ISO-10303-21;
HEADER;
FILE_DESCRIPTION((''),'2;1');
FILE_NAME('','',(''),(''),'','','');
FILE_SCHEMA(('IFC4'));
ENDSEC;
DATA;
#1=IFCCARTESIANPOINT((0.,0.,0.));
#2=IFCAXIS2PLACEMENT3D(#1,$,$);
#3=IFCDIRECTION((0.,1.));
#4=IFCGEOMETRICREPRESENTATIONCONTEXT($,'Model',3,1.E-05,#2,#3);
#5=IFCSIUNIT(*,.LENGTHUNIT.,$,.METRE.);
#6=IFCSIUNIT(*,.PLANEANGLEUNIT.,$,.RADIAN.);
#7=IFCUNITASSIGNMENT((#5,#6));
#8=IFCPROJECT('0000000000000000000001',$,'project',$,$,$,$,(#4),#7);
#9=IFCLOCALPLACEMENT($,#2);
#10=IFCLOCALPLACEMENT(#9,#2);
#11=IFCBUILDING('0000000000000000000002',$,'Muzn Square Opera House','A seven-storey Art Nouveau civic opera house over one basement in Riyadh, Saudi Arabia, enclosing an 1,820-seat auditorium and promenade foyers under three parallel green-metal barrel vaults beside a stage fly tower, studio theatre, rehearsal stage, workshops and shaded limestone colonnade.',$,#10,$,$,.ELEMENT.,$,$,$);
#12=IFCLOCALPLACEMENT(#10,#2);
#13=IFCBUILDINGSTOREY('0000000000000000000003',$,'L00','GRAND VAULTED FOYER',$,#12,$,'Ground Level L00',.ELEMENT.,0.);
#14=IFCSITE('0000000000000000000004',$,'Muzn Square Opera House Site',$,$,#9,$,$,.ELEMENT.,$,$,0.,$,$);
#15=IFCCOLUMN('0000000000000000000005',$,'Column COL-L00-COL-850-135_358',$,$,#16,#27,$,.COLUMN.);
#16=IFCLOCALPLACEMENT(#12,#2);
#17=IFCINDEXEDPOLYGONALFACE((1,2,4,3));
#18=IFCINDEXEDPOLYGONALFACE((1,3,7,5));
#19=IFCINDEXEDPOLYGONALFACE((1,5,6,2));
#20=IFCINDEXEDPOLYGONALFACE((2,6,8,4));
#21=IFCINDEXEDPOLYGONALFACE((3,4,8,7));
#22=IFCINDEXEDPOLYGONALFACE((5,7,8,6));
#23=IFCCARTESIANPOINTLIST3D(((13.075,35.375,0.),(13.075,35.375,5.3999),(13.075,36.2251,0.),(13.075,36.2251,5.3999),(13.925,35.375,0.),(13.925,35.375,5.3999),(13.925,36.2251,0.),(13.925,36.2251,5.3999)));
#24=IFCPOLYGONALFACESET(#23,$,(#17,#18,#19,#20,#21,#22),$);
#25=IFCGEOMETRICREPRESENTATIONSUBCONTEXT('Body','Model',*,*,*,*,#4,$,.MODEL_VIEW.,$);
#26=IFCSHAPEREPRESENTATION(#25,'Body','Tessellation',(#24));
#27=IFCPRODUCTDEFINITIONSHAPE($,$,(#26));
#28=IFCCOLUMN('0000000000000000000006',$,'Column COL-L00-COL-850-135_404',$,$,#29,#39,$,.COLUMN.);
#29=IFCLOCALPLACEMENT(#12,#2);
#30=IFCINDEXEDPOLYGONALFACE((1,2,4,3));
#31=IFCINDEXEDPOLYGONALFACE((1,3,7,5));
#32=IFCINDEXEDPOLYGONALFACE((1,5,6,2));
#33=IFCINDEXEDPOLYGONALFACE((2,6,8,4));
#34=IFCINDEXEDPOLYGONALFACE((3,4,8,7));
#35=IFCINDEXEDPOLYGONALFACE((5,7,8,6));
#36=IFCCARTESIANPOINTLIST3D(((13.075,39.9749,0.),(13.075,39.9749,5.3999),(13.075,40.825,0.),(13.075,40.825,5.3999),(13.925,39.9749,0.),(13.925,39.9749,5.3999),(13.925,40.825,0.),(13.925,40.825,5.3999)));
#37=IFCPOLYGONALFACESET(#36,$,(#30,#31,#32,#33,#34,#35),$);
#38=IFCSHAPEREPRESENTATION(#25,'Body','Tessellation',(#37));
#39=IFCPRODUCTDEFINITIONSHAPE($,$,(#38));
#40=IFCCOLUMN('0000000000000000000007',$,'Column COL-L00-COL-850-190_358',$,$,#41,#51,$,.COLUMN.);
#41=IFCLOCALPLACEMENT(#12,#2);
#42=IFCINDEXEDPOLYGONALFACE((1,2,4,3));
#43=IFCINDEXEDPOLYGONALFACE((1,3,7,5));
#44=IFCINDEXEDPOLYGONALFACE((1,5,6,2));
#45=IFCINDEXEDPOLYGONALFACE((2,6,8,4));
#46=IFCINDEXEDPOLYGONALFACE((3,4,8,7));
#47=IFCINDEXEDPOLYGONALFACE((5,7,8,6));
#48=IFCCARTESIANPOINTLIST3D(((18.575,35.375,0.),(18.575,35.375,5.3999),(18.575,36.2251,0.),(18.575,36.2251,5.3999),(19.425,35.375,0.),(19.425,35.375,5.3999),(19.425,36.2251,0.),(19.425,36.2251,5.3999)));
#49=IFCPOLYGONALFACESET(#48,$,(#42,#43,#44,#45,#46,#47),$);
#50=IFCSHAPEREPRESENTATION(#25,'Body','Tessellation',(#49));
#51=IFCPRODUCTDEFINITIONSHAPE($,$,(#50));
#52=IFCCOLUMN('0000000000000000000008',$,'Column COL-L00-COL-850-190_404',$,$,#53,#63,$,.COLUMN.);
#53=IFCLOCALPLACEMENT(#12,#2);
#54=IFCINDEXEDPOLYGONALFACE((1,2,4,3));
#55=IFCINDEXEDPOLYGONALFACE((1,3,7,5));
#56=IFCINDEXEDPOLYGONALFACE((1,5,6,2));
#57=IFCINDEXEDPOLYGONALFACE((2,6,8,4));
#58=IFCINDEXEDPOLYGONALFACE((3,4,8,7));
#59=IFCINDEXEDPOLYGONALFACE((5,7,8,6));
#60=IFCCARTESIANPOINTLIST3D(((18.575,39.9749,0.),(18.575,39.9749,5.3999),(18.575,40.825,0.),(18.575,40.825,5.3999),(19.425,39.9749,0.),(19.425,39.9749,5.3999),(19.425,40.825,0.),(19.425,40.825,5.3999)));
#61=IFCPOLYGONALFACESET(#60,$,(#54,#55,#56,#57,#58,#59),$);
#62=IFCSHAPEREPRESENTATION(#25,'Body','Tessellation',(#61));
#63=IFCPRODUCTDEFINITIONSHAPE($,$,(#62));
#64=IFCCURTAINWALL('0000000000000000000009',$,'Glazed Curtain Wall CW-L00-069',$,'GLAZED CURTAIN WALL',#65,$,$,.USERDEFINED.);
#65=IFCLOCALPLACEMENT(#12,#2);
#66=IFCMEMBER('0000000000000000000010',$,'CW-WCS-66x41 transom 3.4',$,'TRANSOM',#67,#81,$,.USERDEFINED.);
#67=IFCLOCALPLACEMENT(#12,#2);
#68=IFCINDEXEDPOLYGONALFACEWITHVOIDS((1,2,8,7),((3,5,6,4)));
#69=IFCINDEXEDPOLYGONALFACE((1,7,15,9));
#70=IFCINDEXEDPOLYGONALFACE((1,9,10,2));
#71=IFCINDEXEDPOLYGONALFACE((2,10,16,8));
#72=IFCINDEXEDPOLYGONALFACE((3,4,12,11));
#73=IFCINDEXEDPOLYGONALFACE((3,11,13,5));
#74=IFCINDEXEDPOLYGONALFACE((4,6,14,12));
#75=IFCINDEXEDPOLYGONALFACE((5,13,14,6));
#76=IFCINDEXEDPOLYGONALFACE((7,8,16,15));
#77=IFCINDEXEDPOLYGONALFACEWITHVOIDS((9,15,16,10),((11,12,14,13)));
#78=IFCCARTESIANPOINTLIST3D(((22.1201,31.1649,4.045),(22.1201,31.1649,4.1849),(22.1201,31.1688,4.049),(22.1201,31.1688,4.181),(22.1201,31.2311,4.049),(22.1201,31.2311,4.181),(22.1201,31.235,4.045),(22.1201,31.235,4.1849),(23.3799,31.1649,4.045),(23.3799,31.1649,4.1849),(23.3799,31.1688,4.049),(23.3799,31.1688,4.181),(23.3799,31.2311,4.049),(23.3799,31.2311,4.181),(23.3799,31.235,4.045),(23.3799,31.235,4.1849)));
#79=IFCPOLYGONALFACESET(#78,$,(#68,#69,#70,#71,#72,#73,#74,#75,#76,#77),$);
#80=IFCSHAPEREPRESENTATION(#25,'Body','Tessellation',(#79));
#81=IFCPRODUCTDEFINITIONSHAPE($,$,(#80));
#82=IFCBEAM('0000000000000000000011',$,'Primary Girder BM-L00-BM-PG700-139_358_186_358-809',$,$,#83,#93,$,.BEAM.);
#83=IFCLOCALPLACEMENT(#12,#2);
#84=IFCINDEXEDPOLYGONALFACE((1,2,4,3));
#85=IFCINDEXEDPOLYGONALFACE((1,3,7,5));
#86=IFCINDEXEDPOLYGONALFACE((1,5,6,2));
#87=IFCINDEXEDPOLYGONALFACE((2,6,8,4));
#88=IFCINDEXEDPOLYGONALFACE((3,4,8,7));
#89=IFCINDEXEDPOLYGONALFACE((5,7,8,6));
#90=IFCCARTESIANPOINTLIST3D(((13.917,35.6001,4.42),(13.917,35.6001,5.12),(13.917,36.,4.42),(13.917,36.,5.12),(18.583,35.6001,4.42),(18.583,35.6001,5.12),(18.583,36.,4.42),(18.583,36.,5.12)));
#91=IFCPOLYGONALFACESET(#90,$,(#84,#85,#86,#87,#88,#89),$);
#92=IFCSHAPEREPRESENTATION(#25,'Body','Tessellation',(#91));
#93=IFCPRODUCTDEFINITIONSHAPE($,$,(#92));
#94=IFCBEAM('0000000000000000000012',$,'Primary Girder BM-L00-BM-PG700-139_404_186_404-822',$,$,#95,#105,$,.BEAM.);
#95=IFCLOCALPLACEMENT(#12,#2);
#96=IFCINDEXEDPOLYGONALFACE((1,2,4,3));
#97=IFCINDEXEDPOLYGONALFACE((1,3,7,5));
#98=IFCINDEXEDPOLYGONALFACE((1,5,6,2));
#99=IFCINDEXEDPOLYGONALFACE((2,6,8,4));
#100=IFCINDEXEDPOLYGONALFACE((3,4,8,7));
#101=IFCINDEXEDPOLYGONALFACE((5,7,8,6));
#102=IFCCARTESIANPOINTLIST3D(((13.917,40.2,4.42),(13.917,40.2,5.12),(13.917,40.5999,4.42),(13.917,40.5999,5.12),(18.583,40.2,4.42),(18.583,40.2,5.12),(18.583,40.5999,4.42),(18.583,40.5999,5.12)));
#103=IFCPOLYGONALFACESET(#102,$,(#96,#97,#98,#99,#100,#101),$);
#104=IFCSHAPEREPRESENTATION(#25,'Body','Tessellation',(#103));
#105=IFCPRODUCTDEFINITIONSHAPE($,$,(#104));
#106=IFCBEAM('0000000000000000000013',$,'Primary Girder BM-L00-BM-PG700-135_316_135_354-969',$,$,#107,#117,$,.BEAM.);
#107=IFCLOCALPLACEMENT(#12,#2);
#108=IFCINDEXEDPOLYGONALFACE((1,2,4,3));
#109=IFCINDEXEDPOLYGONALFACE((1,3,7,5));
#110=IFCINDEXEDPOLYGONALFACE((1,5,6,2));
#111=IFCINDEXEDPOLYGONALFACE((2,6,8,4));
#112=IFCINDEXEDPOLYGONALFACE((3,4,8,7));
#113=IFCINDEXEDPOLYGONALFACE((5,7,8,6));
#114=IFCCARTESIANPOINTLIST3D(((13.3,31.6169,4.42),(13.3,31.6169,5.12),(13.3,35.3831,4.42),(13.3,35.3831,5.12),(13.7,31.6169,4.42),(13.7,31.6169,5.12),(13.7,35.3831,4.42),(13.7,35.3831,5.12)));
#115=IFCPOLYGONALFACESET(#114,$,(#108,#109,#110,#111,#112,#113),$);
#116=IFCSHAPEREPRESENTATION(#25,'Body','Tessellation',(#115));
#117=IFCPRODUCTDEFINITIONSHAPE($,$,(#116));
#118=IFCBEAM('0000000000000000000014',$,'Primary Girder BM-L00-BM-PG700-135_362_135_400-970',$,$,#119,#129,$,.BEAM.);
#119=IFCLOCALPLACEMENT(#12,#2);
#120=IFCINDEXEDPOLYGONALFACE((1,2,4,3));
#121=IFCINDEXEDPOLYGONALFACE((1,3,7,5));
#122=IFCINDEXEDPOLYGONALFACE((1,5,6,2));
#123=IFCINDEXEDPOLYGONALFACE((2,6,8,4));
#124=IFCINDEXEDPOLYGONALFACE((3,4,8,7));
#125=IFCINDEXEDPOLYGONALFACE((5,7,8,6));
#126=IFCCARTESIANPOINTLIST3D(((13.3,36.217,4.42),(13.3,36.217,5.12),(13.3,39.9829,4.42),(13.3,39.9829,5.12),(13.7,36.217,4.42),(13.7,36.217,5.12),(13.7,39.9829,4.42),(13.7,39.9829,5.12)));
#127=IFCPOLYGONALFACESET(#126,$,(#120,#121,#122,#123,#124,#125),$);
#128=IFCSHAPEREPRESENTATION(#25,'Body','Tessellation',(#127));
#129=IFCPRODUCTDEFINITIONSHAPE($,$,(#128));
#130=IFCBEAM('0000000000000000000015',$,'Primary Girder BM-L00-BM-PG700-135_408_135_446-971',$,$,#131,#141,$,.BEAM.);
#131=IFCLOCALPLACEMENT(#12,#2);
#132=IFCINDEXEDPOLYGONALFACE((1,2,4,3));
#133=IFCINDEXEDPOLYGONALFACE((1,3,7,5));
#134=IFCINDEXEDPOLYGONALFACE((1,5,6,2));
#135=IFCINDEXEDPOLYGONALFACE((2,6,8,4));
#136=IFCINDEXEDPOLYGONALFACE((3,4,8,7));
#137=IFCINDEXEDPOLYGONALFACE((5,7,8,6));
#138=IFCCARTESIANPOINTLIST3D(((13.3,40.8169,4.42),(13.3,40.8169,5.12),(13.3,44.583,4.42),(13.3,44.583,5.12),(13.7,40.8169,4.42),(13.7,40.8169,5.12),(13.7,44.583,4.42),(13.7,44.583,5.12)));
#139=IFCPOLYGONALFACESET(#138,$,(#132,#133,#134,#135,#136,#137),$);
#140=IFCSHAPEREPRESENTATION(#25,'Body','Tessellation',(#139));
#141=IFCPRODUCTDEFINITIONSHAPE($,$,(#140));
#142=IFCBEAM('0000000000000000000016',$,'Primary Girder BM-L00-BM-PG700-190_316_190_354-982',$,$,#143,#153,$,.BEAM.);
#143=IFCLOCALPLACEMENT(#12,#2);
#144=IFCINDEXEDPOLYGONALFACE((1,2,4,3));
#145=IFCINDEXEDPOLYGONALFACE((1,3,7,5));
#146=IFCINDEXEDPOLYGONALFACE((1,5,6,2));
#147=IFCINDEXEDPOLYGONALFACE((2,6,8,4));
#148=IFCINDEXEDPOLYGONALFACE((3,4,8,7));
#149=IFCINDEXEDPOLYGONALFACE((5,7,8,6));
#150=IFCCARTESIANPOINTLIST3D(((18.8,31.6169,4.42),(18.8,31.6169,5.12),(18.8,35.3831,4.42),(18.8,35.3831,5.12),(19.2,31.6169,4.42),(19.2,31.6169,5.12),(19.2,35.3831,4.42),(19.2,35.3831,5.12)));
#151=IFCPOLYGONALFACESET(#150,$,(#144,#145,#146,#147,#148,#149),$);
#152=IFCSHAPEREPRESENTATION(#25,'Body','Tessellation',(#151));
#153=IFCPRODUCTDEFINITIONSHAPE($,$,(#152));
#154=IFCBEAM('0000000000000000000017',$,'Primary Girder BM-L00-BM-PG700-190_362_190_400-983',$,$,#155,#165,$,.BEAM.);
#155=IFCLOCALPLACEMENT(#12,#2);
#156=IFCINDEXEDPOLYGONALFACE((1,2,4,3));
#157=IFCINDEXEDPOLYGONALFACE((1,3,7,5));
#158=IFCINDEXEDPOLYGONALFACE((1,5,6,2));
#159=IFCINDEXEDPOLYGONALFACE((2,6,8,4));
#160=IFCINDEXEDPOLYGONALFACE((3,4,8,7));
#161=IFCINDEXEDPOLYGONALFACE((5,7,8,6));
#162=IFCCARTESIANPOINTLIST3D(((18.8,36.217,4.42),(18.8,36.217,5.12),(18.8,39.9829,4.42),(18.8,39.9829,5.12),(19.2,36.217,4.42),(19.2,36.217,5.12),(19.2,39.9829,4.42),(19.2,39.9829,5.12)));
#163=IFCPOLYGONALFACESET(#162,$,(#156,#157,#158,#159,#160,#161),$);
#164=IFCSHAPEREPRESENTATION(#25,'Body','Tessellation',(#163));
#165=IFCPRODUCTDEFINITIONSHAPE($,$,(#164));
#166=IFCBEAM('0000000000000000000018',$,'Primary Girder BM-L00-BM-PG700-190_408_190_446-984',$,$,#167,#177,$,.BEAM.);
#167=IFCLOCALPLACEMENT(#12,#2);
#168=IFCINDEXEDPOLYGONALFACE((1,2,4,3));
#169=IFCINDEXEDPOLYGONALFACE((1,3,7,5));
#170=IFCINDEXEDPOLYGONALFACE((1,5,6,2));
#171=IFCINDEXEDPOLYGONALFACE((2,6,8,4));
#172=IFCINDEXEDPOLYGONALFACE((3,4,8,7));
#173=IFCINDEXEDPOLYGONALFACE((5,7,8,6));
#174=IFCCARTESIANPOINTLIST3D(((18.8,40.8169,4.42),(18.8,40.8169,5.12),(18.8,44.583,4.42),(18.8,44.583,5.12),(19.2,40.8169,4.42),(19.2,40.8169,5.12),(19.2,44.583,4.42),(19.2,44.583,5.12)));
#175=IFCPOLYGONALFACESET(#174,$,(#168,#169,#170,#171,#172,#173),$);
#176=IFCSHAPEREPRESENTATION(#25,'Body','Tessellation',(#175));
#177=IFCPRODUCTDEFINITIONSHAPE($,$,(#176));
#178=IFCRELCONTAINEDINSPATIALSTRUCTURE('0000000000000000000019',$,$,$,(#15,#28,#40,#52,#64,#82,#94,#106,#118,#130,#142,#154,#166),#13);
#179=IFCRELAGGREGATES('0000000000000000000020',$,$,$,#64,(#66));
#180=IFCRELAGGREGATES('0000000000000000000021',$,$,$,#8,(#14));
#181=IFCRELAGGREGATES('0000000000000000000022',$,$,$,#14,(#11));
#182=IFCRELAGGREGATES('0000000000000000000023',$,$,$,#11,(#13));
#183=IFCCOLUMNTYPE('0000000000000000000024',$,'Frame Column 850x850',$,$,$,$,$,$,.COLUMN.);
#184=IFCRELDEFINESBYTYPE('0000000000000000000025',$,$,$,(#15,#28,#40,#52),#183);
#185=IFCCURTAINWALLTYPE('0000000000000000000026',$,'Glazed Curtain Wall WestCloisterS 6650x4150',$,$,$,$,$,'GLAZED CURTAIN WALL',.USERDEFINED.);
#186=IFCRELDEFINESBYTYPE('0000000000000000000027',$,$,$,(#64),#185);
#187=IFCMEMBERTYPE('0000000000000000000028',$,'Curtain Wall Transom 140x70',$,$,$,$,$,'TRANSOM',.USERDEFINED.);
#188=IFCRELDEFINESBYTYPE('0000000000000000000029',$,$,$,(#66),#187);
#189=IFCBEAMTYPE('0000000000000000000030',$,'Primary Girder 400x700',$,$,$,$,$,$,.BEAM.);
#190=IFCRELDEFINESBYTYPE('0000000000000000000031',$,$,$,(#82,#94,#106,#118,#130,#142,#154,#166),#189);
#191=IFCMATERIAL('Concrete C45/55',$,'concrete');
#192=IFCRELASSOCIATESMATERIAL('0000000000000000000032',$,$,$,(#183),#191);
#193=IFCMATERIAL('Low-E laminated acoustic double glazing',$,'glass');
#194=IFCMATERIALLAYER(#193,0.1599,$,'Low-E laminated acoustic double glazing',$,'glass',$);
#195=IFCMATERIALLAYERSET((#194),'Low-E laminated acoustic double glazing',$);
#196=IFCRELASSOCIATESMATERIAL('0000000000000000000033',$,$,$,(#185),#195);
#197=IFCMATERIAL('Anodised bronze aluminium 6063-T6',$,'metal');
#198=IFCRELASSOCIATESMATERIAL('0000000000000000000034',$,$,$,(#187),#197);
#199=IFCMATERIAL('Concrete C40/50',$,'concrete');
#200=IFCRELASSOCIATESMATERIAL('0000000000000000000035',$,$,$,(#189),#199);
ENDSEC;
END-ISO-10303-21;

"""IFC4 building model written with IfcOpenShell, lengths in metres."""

from ifc_helpers import new_model, si_unit, direction, frame, origin, origin_2d, place, context, subcontext, project, spatial, rectangle, hollow_rectangle, extrude, material, layer, layer_set, material_profile, profile_set, type_object, element, aggregate, save


model = new_model("IFC4")

# Units and contexts
model_context = context("Model", 3, precision=1e-05, world=origin(), true_north=direction((0.0, 1.0)))
body_context = subcontext(model_context, "Body", "Model", "MODEL_VIEW")
ifc_project = project(units=[si_unit("LENGTHUNIT", "METRE"), si_unit("PLANEANGLEUNIT", "RADIAN")], contexts=[model_context])

# Site, building, storey
site_placement = place(None, origin())
site = spatial("IfcSite", under=ifc_project, at=site_placement, Name="Muzn Square Opera House Site", CompositionType="ELEMENT", RefElevation=0.0)
building_placement = place(site_placement, origin())
building = spatial("IfcBuilding", under=site, at=building_placement, Name="Muzn Square Opera House", Description="A seven-storey Art Nouveau civic opera house over one basement in Riyadh, Saudi Arabia, enclosing an 1,820-seat auditorium and promenade foyers under three parallel green-metal barrel vaults beside a stage fly tower, studio theatre, rehearsal stage, workshops and shaded limestone colonnade.", CompositionType="ELEMENT")
storey_placement = place(building_placement, origin())
storey = spatial("IfcBuildingStorey", under=building, at=storey_placement, Name="L00", Description="GRAND VAULTED FOYER", LongName="Ground Level L00", CompositionType="ELEMENT", Elevation=0.0)

# Columns
ifc_material_1 = material(Name="Concrete C45/55", Category="concrete")
ifc_material_profile_1 = material_profile(ifc_material_1, rectangle(XDim=0.8501, YDim=0.8501, at=origin_2d()), Name="RC 850x850", Category="concrete")
ifc_profile_set_1 = profile_set([ifc_material_profile_1], Name="Concrete C45/55")
column_type = type_object("IfcColumnType", Name="Frame Column 850x850", PredefinedType="COLUMN", material=ifc_profile_set_1)
for number, where, z_axis, x_axis, name in (
    (1, (13.5, 35.8, 0.0), (0.0, 0.0, 1.0), (1.0, 0.0, 0.0), "Column COL-L00-COL-850-135_358"),
    (2, (13.5, 40.3999, 0.0), (0.0, 0.0, 1.0), (1.0, 0.0, 0.0), "Column COL-L00-COL-850-135_404"),
    (3, (19.0, 35.8, 0.0), (0.0, 0.0, 1.0), (1.0, 0.0, 0.0), "Column COL-L00-COL-850-190_358"),
    (4, (19.0, 40.3999, 0.0), (0.0, 0.0, 1.0), (1.0, 0.0, 0.0), "Column COL-L00-COL-850-190_404"),
):
    element("IfcColumn", number, at=place(storey_placement, frame(where, z_axis=z_axis, x_axis=x_axis)), inside=storey, type_object=column_type, Name=name, PredefinedType="COLUMN", context=body_context, shape_type="SweptSolid", body=[
        extrude(rectangle(XDim=0.8501, YDim=0.8501, at=origin_2d()), origin(), (0.0, 0.0, 1.0), 5.3999),
    ])

# Curtain wall, member
ifc_material_2 = material(Name="Low-E laminated acoustic double glazing", Category="glass")
ifc_layer_1 = layer(ifc_material_2, 0.1599, Name="Low-E laminated acoustic double glazing", Category="glass")
ifc_layer_set_1 = layer_set([ifc_layer_1], Name="Low-E laminated acoustic double glazing")
curtain_wall_type = type_object("IfcCurtainWallType", Name="Glazed Curtain Wall WestCloisterS 6650x4150", ElementType="GLAZED CURTAIN WALL", PredefinedType="USERDEFINED", material=ifc_layer_set_1)
curtain_wall_placement = place(storey_placement, origin())
curtain_wall = element("IfcCurtainWall", 5, at=curtain_wall_placement, inside=storey, type_object=curtain_wall_type, Name="Glazed Curtain Wall CW-L00-069", ObjectType="GLAZED CURTAIN WALL", PredefinedType="USERDEFINED")
ifc_material_3 = material(Name="Anodised bronze aluminium 6063-T6", Category="metal")
ifc_material_profile_2 = material_profile(ifc_material_3, hollow_rectangle(XDim=0.0701, YDim=0.1399, WallThickness=0.0039, at=origin_2d()), Name="ALU 140x70x4", Category="metal")
ifc_profile_set_2 = profile_set([ifc_material_profile_2], Name="Anodised bronze aluminium 6063-T6")
member_type = type_object("IfcMemberType", Name="Curtain Wall Transom 140x70", ElementType="TRANSOM", PredefinedType="USERDEFINED", material=ifc_profile_set_2)
member_placement = place(storey_placement, frame((22.1201, 31.2, 4.115), z_axis=(1.0, 0.0, 0.0), x_axis=(0.0, 1.0, 0.0)))
member = element("IfcMember", 6, at=member_placement, type_object=member_type, Name="CW-WCS-66x41 transom 3.4", ObjectType="TRANSOM", PredefinedType="USERDEFINED", context=body_context, shape_type="SweptSolid", body=[
    extrude(hollow_rectangle(XDim=0.0701, YDim=0.1399, WallThickness=0.0039, at=origin_2d()), origin(), (0.0, 0.0, 1.0), 1.2598),
])
aggregate(curtain_wall, [member])

# Beams
ifc_material_4 = material(Name="Concrete C40/50", Category="concrete")
ifc_material_profile_3 = material_profile(ifc_material_4, rectangle(XDim=0.3999, YDim=0.7, at=origin_2d()), Name="RCB 400x700", Category="concrete")
ifc_profile_set_3 = profile_set([ifc_material_profile_3], Name="Concrete C40/50")
beam_type = type_object("IfcBeamType", Name="Primary Girder 400x700", PredefinedType="BEAM", material=ifc_profile_set_3)
for number, where, z_axis, x_axis, name in (
    (7, (13.917, 35.8, 4.77), (1.0, 0.0, 0.0), (0.0, 1.0, 0.0), "Primary Girder BM-L00-BM-PG700-139_358_186_358-809"),
    (8, (13.917, 40.3999, 4.77), (1.0, 0.0, 0.0), (0.0, 1.0, 0.0), "Primary Girder BM-L00-BM-PG700-139_404_186_404-822"),
):
    element("IfcBeam", number, at=place(storey_placement, frame(where, z_axis=z_axis, x_axis=x_axis)), inside=storey, type_object=beam_type, Name=name, PredefinedType="BEAM", context=body_context, shape_type="SweptSolid", body=[
        extrude(rectangle(XDim=0.3999, YDim=0.7, at=origin_2d()), origin(), (0.0, 0.0, 1.0), 4.666),
    ])
beam_1_placement = place(storey_placement, frame((13.5, 31.6169, 4.77), z_axis=(0.0, 1.0, 0.0), x_axis=(-1.0, 0.0, 0.0)))
element("IfcBeam", 9, at=beam_1_placement, inside=storey, type_object=beam_type, Name="Primary Girder BM-L00-BM-PG700-135_316_135_354-969", PredefinedType="BEAM", context=body_context, shape_type="SweptSolid", body=[
    extrude(rectangle(XDim=0.3999, YDim=0.7, at=origin_2d()), origin(), (0.0, 0.0, 1.0), 3.7661),
])
beam_2_placement = place(storey_placement, frame((13.5, 36.217, 4.77), z_axis=(0.0, 1.0, 0.0), x_axis=(-1.0, 0.0, 0.0)))
element("IfcBeam", 10, at=beam_2_placement, inside=storey, type_object=beam_type, Name="Primary Girder BM-L00-BM-PG700-135_362_135_400-970", PredefinedType="BEAM", context=body_context, shape_type="SweptSolid", body=[
    extrude(rectangle(XDim=0.3999, YDim=0.7, at=origin_2d()), origin(), (0.0, 0.0, 1.0), 3.7659),
])
for number, where, z_axis, x_axis, name in (
    (11, (13.5, 40.8169, 4.77), (0.0, 1.0, 0.0), (-1.0, 0.0, 0.0), "Primary Girder BM-L00-BM-PG700-135_408_135_446-971"),
    (12, (19.0, 31.6169, 4.77), (0.0, 1.0, 0.0), (-1.0, 0.0, 0.0), "Primary Girder BM-L00-BM-PG700-190_316_190_354-982"),
):
    element("IfcBeam", number, at=place(storey_placement, frame(where, z_axis=z_axis, x_axis=x_axis)), inside=storey, type_object=beam_type, Name=name, PredefinedType="BEAM", context=body_context, shape_type="SweptSolid", body=[
        extrude(rectangle(XDim=0.3999, YDim=0.7, at=origin_2d()), origin(), (0.0, 0.0, 1.0), 3.7661),
    ])
beam_3_placement = place(storey_placement, frame((19.0, 36.217, 4.77), z_axis=(0.0, 1.0, 0.0), x_axis=(-1.0, 0.0, 0.0)))
element("IfcBeam", 13, at=beam_3_placement, inside=storey, type_object=beam_type, Name="Primary Girder BM-L00-BM-PG700-190_362_190_400-983", PredefinedType="BEAM", context=body_context, shape_type="SweptSolid", body=[
    extrude(rectangle(XDim=0.3999, YDim=0.7, at=origin_2d()), origin(), (0.0, 0.0, 1.0), 3.7659),
])
beam_4_placement = place(storey_placement, frame((19.0, 40.8169, 4.77), z_axis=(0.0, 1.0, 0.0), x_axis=(-1.0, 0.0, 0.0)))
element("IfcBeam", 14, at=beam_4_placement, inside=storey, type_object=beam_type, Name="Primary Girder BM-L00-BM-PG700-190_408_190_446-984", PredefinedType="BEAM", context=body_context, shape_type="SweptSolid", body=[
    extrude(rectangle(XDim=0.3999, YDim=0.7, at=origin_2d()), origin(), (0.0, 0.0, 1.0), 3.7661),
])

save(model, "model.ifc")
